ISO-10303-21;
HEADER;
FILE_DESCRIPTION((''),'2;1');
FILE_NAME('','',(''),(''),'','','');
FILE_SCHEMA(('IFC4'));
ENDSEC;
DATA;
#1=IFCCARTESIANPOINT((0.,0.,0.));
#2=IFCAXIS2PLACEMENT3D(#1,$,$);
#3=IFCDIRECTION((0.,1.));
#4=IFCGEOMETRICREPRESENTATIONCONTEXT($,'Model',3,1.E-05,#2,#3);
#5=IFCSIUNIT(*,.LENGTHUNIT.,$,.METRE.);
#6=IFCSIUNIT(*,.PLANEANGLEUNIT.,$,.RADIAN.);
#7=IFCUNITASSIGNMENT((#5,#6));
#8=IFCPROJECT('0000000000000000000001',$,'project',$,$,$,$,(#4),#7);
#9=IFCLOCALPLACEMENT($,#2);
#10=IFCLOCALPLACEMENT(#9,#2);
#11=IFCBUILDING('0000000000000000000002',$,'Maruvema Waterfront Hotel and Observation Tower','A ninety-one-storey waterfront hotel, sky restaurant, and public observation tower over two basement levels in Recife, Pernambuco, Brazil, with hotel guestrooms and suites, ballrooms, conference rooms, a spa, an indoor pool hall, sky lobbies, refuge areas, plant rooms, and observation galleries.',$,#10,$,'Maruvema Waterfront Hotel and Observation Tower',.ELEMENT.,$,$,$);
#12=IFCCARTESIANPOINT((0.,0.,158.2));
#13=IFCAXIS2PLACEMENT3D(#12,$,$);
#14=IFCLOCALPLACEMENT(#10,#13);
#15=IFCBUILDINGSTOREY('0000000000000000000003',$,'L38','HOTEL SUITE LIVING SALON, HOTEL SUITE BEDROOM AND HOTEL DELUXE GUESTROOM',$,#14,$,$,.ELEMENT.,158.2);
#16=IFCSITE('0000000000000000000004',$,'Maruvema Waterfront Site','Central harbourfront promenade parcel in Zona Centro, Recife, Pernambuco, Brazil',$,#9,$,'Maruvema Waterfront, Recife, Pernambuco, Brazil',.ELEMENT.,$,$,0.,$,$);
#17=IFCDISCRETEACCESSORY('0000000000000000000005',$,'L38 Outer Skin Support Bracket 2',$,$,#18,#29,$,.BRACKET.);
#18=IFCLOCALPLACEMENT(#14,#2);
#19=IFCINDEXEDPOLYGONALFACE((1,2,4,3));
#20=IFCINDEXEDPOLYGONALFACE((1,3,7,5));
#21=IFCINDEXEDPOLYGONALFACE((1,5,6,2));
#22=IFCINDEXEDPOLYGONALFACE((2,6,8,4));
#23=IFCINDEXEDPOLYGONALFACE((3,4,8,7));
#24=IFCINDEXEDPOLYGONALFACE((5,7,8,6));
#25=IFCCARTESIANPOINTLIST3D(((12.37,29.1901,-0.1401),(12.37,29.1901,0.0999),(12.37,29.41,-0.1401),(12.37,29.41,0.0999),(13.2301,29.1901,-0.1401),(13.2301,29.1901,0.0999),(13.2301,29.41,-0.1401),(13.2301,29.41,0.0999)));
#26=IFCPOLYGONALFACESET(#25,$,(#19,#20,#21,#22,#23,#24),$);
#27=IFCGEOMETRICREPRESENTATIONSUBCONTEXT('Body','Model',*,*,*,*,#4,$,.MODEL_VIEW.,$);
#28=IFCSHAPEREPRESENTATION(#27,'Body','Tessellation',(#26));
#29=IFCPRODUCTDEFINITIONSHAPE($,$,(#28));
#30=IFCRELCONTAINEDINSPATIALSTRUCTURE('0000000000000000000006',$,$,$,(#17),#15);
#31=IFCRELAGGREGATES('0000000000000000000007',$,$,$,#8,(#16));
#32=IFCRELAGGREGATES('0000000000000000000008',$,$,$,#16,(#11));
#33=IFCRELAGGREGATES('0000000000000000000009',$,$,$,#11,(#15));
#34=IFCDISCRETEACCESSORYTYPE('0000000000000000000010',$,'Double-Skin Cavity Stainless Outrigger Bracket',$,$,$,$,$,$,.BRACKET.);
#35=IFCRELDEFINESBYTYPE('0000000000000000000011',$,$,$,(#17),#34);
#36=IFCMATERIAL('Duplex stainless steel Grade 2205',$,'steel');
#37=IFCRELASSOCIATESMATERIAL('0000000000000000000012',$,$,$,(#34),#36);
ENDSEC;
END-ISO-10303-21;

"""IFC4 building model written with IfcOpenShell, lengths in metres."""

from ifc_helpers import new_model, si_unit, direction, frame, origin, origin_2d, place, context, subcontext, project, spatial, rectangle, extrude, material, type_object, element, save


model = new_model("IFC4")

# Units and contexts
model_context = context("Model", 3, precision=1e-05, world=origin(), true_north=direction((0.0, 1.0)))
body_context = subcontext(model_context, "Body", "Model", "MODEL_VIEW")
ifc_project = project(units=[si_unit("LENGTHUNIT", "METRE"), si_unit("PLANEANGLEUNIT", "RADIAN")], contexts=[model_context])

# Site, building, storey
site_placement = place(None, origin())
site = spatial("IfcSite", under=ifc_project, at=site_placement, Name="Maruvema Waterfront Site", Description="Central harbourfront promenade parcel in Zona Centro, Recife, Pernambuco, Brazil", LongName="Maruvema Waterfront, Recife, Pernambuco, Brazil", CompositionType="ELEMENT", RefElevation=0.0)
building_placement = place(site_placement, origin())
building = spatial("IfcBuilding", under=site, at=building_placement, Name="Maruvema Waterfront Hotel and Observation Tower", Description="A ninety-one-storey waterfront hotel, sky restaurant, and public observation tower over two basement levels in Recife, Pernambuco, Brazil, with hotel guestrooms and suites, ballrooms, conference rooms, a spa, an indoor pool hall, sky lobbies, refuge areas, plant rooms, and observation galleries.", LongName="Maruvema Waterfront Hotel and Observation Tower", CompositionType="ELEMENT")
storey_placement = place(building_placement, frame((0.0, 0.0, 158.2)))
storey = spatial("IfcBuildingStorey", under=building, at=storey_placement, Name="L38", Description="HOTEL SUITE LIVING SALON, HOTEL SUITE BEDROOM AND HOTEL DELUXE GUESTROOM", CompositionType="ELEMENT", Elevation=158.2)

# Discrete accessory
ifc_material_1 = material(Name="Duplex stainless steel Grade 2205", Category="steel")
discrete_accessory_type = type_object("IfcDiscreteAccessoryType", Name="Double-Skin Cavity Stainless Outrigger Bracket", PredefinedType="BRACKET", material=ifc_material_1)
discrete_accessory_placement = place(storey_placement, frame((12.8, 29.3, -0.1401), z_axis=(0.0, 0.0, 1.0), x_axis=(0.0, -1.0, 0.0)))
element("IfcDiscreteAccessory", 1, at=discrete_accessory_placement, inside=storey, type_object=discrete_accessory_type, Name="L38 Outer Skin Support Bracket 2", PredefinedType="BRACKET", context=body_context, shape_type="SweptSolid", body=[
    extrude(rectangle(XDim=0.22, YDim=0.8601, at=origin_2d()), origin(), (0.0, 0.0, 1.0), 0.24),
])

save(model, "model.ifc")
